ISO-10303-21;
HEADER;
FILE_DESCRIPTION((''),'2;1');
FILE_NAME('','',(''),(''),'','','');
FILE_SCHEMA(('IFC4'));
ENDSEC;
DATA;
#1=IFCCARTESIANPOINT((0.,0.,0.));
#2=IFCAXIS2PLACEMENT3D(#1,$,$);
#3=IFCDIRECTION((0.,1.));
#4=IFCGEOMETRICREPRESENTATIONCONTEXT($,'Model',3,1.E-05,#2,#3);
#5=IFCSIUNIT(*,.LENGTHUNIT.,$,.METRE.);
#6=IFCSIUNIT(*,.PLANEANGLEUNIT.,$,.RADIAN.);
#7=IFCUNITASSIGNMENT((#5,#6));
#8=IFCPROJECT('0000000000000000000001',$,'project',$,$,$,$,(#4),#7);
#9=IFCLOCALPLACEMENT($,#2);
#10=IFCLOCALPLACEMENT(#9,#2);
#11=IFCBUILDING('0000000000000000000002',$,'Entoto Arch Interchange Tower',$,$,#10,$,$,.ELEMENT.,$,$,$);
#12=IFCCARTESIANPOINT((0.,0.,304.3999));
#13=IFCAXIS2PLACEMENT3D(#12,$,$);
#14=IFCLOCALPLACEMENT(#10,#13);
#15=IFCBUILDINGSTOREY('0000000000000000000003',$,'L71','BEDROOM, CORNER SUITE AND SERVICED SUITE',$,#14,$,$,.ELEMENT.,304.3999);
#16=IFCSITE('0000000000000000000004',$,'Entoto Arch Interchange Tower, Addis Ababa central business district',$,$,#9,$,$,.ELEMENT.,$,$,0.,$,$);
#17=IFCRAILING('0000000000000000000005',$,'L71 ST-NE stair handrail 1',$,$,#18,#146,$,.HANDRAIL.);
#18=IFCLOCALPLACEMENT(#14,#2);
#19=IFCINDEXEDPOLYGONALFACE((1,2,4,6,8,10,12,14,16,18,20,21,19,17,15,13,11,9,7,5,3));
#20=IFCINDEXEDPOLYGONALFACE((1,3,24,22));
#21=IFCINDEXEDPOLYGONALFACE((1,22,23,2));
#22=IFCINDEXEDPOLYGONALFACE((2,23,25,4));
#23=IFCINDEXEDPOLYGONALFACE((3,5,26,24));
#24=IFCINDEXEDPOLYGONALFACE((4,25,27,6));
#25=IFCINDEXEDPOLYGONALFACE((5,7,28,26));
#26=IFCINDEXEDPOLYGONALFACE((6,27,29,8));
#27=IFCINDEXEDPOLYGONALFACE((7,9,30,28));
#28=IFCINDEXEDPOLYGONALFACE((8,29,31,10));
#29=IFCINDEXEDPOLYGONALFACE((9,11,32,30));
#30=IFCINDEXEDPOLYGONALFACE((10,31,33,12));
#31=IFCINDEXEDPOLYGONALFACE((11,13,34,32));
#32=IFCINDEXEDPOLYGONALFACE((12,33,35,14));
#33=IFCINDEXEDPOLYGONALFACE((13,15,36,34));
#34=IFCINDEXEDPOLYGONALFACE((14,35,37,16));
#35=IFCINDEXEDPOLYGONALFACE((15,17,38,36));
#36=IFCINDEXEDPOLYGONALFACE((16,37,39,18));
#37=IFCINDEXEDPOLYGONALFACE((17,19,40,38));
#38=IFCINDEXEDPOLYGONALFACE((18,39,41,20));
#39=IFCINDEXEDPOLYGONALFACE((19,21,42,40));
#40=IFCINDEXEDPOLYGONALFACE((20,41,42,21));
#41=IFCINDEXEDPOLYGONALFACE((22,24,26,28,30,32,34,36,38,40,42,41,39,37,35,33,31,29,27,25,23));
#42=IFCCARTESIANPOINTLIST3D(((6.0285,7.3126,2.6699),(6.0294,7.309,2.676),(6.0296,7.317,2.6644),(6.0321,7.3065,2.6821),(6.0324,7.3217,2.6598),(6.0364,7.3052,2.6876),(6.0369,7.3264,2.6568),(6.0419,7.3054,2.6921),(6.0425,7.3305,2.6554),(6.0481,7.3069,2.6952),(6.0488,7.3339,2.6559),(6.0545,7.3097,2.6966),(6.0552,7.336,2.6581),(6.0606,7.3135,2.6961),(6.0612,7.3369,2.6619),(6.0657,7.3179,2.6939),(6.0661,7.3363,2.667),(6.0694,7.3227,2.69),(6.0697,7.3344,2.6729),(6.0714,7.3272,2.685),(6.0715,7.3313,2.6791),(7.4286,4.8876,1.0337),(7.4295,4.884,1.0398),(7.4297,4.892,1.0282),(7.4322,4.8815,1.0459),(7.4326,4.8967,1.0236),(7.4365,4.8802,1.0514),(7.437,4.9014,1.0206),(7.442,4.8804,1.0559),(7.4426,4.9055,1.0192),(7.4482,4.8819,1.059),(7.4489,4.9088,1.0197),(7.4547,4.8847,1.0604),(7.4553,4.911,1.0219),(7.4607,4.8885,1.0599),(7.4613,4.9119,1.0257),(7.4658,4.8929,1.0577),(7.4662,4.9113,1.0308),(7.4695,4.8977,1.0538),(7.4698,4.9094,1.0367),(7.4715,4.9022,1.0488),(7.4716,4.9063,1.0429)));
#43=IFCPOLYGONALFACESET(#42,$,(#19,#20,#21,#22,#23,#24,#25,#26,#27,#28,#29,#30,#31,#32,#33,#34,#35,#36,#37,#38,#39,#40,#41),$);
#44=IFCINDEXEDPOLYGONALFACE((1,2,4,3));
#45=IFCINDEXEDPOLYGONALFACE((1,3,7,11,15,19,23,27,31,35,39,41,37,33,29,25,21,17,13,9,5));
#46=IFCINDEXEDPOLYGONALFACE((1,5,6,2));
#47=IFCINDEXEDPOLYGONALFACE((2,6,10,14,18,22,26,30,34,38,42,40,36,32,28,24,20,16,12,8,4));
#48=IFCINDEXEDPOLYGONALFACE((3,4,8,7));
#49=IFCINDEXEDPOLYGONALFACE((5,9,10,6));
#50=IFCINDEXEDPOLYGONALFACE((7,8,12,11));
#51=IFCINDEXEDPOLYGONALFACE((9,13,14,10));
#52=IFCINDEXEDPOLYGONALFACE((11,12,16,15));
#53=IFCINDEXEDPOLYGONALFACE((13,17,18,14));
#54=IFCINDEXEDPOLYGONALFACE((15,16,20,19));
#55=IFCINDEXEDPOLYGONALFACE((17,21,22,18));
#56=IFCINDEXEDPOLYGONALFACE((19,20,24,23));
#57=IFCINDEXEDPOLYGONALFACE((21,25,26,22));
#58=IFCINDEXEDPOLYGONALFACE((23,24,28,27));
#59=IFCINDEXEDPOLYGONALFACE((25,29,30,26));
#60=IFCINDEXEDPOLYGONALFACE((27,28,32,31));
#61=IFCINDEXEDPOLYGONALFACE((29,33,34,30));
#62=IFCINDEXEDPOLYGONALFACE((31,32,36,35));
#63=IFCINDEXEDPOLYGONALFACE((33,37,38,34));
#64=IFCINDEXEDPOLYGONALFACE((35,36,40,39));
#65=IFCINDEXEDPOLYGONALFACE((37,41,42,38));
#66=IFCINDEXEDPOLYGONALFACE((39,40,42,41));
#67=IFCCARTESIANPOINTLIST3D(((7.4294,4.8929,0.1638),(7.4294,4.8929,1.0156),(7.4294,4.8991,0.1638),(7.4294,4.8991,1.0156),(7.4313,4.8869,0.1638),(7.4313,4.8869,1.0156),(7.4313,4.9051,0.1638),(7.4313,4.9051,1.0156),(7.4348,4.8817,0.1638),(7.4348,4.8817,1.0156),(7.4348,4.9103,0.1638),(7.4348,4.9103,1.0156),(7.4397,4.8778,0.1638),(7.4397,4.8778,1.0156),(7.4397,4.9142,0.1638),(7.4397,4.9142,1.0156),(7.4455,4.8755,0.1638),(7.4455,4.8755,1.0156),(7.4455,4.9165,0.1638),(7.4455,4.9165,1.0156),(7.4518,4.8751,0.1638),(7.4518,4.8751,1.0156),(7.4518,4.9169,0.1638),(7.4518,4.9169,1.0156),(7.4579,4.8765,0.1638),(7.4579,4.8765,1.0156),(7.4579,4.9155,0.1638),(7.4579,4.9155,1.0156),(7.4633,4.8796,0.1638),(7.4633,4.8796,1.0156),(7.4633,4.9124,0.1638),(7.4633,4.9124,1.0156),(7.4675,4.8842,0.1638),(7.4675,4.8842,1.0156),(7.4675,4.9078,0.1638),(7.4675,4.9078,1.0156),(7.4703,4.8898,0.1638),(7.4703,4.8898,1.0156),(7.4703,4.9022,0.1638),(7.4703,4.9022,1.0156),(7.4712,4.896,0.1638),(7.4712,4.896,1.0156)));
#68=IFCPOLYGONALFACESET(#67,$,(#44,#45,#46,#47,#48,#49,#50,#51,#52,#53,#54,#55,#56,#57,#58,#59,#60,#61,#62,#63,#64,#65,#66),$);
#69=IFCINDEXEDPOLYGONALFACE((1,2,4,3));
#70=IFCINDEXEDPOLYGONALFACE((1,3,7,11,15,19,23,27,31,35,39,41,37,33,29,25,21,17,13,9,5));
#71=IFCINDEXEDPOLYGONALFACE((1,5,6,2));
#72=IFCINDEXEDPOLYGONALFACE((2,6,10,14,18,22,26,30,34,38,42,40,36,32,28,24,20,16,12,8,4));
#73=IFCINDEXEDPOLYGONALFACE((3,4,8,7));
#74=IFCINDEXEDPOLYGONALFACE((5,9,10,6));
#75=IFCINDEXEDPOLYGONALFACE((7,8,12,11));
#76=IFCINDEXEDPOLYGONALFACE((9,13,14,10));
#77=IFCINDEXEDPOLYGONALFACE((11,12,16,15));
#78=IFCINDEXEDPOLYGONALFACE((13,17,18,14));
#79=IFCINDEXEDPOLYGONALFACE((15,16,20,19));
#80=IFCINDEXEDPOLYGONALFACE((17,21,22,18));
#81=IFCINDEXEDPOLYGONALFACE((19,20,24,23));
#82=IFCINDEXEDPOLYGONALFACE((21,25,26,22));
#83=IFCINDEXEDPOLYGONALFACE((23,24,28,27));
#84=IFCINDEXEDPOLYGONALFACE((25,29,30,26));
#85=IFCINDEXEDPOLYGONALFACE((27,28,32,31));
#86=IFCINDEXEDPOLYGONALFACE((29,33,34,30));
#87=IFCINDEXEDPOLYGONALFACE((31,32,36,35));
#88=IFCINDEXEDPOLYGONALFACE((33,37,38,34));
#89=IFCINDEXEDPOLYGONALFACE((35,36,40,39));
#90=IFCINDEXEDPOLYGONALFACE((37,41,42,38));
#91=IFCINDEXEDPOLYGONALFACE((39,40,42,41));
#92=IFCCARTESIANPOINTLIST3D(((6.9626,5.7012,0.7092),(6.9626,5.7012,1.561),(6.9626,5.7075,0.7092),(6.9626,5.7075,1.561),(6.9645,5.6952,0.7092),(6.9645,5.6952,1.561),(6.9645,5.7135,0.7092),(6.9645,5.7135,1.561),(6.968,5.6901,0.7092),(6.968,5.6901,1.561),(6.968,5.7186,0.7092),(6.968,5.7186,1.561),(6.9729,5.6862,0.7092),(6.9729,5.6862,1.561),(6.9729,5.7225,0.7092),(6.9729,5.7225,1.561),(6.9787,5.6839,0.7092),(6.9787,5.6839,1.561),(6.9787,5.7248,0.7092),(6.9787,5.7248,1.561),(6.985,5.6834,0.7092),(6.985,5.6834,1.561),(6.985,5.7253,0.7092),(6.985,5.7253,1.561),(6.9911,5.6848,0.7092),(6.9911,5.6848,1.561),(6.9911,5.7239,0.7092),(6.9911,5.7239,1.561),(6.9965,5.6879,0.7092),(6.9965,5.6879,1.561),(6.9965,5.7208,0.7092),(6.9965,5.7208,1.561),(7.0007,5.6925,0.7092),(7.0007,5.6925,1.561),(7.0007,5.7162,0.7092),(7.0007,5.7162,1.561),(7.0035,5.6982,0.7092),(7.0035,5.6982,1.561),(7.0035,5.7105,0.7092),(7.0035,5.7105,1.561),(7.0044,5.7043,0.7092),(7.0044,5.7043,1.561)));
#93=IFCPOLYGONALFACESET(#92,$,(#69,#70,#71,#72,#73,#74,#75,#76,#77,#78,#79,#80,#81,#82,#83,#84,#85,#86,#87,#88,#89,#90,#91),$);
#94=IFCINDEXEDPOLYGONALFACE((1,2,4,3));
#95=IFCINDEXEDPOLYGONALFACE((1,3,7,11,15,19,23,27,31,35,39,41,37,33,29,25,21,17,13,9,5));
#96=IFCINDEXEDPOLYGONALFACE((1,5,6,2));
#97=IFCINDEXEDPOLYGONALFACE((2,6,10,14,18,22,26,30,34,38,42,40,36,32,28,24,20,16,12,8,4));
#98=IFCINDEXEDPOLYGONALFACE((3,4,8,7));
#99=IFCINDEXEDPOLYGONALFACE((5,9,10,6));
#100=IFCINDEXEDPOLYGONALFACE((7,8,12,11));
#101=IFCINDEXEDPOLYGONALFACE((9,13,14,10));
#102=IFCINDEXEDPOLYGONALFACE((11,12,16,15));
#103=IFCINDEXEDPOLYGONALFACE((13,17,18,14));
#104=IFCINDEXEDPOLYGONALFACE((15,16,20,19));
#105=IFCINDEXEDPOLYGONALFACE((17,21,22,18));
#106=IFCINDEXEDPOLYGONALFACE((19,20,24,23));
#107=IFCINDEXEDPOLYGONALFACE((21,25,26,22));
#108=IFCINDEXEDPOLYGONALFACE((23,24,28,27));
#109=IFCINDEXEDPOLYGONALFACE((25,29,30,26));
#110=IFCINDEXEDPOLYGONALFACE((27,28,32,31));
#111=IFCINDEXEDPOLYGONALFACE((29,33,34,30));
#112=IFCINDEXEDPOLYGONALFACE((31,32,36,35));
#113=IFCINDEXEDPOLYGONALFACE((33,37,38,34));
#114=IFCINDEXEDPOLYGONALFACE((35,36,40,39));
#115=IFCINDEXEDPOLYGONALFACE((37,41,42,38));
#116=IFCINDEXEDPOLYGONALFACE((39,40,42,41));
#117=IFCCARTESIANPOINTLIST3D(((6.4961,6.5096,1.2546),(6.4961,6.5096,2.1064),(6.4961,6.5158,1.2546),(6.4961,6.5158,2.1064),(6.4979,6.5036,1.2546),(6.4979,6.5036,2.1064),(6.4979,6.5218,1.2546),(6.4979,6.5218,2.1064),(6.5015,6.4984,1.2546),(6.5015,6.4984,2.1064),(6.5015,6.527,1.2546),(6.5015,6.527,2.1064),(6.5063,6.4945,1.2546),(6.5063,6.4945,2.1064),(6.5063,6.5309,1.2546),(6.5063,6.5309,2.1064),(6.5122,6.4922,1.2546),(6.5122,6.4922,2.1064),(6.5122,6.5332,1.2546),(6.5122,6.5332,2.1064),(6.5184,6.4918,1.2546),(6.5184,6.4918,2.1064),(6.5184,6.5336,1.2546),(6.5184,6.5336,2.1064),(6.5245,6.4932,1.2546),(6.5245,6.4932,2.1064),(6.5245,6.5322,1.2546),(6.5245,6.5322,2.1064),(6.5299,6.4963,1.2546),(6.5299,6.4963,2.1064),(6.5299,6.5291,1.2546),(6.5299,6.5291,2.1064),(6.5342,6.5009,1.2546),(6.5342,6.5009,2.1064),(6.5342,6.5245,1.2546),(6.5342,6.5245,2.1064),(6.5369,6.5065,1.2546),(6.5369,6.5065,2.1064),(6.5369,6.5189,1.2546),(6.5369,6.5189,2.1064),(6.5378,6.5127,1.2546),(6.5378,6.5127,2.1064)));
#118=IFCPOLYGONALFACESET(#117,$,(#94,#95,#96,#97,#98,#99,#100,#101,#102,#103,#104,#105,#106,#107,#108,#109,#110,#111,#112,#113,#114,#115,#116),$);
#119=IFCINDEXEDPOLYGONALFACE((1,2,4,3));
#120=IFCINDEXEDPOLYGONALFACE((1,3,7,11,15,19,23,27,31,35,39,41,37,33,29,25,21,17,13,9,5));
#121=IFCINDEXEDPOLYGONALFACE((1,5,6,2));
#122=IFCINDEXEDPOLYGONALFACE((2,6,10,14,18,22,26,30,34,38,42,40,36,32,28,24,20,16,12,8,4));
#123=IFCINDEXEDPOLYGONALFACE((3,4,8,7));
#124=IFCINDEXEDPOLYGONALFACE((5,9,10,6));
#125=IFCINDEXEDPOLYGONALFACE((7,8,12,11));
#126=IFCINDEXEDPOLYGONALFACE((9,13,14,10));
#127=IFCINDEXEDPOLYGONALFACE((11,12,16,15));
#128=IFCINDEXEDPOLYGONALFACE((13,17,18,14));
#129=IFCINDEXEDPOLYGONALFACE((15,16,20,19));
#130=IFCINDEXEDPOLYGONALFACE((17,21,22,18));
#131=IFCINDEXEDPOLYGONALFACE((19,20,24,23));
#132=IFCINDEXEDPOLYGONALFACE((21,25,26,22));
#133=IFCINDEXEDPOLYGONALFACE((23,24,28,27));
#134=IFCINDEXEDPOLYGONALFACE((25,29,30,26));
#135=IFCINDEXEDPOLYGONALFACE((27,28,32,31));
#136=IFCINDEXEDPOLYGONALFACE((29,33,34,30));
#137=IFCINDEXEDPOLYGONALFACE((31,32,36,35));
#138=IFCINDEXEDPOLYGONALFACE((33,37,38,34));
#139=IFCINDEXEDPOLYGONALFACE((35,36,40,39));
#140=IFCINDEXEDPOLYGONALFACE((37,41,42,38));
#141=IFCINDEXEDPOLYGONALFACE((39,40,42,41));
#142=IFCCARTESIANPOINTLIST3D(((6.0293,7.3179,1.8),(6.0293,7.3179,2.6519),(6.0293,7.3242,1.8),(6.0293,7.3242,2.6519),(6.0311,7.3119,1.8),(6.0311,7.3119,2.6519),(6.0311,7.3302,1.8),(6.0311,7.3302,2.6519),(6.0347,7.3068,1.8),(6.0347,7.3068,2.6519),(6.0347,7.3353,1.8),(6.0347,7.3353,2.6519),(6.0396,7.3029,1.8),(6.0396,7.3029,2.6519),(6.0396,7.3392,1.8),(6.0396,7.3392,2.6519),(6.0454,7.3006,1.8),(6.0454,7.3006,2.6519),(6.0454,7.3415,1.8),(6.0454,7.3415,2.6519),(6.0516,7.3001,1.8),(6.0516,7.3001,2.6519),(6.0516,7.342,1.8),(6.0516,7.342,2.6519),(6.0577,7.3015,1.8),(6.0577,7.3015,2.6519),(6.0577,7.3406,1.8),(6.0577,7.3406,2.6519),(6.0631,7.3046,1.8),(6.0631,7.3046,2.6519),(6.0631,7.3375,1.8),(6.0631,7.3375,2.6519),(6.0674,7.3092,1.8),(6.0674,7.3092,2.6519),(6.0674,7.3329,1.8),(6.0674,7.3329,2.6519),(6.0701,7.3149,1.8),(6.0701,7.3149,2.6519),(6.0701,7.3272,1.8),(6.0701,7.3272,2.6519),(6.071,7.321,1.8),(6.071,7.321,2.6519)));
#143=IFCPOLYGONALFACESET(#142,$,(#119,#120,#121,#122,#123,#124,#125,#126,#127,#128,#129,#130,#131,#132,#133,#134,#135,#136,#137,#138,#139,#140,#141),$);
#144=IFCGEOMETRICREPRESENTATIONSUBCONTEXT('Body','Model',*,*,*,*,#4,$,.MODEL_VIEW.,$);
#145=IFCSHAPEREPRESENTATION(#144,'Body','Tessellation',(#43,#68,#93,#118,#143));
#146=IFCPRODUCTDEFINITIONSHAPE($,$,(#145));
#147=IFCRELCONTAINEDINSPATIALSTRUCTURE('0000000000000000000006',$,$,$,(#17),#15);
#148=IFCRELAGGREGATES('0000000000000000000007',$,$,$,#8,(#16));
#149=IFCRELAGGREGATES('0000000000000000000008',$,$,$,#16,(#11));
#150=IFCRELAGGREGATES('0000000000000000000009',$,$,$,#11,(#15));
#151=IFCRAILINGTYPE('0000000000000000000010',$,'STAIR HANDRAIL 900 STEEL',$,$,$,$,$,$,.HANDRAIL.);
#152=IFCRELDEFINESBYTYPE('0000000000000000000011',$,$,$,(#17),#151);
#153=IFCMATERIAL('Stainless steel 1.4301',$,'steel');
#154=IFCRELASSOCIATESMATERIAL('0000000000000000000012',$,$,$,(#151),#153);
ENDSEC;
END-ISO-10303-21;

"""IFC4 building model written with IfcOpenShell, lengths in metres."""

from ifc_helpers import new_model, si_unit, direction, frame, origin, origin_2d, place, context, subcontext, project, spatial, circle, extrude, material, type_object, element, save


model = new_model("IFC4")

# Units and contexts
model_context = context("Model", 3, precision=1e-05, world=origin(), true_north=direction((0.0, 1.0)))
body_context = subcontext(model_context, "Body", "Model", "MODEL_VIEW")
ifc_project = project(units=[si_unit("LENGTHUNIT", "METRE"), si_unit("PLANEANGLEUNIT", "RADIAN")], contexts=[model_context])

# Site, building, storey
site_placement = place(None, origin())
site = spatial("IfcSite", under=ifc_project, at=site_placement, Name="Entoto Arch Interchange Tower, Addis Ababa central business district", CompositionType="ELEMENT", RefElevation=0.0)
building_placement = place(site_placement, origin())
building = spatial("IfcBuilding", under=site, at=building_placement, Name="Entoto Arch Interchange Tower", CompositionType="ELEMENT")
storey_placement = place(building_placement, frame((0.0, 0.0, 304.3999)))
storey = spatial("IfcBuildingStorey", under=building, at=storey_placement, Name="L71", Description="BEDROOM, CORNER SUITE AND SERVICED SUITE", CompositionType="ELEMENT", Elevation=304.3999)

# Railing
ifc_material_1 = material(Name="Stainless steel 1.4301", Category="steel")
railing_type_1 = type_object("IfcRailingType", Name="STAIR HANDRAIL 900 STEEL", PredefinedType="HANDRAIL", material=ifc_material_1)
railing_1_placement = place(storey_placement, frame((7.4502, 4.896, 0.1638)))
element("IfcRailing", 1, at=railing_1_placement, inside=storey, type_object=railing_type_1, Name="L71 ST-NE stair handrail 1", PredefinedType="HANDRAIL", context=body_context, shape_type="SweptSolid", body=[
    extrude(circle(Radius=0.0239, at=origin_2d()), frame((0.0, 0.0, 0.876), z_axis=(-0.431714, 0.747727, 0.504507), x_axis=(-0.866019, -0.500012, 0.0)), (0.0, 0.0, 1.0), 3.2432),
    extrude(circle(Radius=0.021, at=origin_2d()), origin(), (0.0, 0.0, 1.0), 0.8518),
    extrude(circle(Radius=0.021, at=origin_2d()), frame((-0.4668, 0.8083, 0.5454)), (0.0, 0.0, 1.0), 0.8518),
    extrude(circle(Radius=0.021, at=origin_2d()), frame((-0.9333, 1.6167, 1.0908)), (0.0, 0.0, 1.0), 0.8518),
    extrude(circle(Radius=0.021, at=origin_2d()), frame((-1.4001, 2.425, 1.6362)), (0.0, 0.0, 1.0), 0.8518),
])

save(model, "model.ifc")
